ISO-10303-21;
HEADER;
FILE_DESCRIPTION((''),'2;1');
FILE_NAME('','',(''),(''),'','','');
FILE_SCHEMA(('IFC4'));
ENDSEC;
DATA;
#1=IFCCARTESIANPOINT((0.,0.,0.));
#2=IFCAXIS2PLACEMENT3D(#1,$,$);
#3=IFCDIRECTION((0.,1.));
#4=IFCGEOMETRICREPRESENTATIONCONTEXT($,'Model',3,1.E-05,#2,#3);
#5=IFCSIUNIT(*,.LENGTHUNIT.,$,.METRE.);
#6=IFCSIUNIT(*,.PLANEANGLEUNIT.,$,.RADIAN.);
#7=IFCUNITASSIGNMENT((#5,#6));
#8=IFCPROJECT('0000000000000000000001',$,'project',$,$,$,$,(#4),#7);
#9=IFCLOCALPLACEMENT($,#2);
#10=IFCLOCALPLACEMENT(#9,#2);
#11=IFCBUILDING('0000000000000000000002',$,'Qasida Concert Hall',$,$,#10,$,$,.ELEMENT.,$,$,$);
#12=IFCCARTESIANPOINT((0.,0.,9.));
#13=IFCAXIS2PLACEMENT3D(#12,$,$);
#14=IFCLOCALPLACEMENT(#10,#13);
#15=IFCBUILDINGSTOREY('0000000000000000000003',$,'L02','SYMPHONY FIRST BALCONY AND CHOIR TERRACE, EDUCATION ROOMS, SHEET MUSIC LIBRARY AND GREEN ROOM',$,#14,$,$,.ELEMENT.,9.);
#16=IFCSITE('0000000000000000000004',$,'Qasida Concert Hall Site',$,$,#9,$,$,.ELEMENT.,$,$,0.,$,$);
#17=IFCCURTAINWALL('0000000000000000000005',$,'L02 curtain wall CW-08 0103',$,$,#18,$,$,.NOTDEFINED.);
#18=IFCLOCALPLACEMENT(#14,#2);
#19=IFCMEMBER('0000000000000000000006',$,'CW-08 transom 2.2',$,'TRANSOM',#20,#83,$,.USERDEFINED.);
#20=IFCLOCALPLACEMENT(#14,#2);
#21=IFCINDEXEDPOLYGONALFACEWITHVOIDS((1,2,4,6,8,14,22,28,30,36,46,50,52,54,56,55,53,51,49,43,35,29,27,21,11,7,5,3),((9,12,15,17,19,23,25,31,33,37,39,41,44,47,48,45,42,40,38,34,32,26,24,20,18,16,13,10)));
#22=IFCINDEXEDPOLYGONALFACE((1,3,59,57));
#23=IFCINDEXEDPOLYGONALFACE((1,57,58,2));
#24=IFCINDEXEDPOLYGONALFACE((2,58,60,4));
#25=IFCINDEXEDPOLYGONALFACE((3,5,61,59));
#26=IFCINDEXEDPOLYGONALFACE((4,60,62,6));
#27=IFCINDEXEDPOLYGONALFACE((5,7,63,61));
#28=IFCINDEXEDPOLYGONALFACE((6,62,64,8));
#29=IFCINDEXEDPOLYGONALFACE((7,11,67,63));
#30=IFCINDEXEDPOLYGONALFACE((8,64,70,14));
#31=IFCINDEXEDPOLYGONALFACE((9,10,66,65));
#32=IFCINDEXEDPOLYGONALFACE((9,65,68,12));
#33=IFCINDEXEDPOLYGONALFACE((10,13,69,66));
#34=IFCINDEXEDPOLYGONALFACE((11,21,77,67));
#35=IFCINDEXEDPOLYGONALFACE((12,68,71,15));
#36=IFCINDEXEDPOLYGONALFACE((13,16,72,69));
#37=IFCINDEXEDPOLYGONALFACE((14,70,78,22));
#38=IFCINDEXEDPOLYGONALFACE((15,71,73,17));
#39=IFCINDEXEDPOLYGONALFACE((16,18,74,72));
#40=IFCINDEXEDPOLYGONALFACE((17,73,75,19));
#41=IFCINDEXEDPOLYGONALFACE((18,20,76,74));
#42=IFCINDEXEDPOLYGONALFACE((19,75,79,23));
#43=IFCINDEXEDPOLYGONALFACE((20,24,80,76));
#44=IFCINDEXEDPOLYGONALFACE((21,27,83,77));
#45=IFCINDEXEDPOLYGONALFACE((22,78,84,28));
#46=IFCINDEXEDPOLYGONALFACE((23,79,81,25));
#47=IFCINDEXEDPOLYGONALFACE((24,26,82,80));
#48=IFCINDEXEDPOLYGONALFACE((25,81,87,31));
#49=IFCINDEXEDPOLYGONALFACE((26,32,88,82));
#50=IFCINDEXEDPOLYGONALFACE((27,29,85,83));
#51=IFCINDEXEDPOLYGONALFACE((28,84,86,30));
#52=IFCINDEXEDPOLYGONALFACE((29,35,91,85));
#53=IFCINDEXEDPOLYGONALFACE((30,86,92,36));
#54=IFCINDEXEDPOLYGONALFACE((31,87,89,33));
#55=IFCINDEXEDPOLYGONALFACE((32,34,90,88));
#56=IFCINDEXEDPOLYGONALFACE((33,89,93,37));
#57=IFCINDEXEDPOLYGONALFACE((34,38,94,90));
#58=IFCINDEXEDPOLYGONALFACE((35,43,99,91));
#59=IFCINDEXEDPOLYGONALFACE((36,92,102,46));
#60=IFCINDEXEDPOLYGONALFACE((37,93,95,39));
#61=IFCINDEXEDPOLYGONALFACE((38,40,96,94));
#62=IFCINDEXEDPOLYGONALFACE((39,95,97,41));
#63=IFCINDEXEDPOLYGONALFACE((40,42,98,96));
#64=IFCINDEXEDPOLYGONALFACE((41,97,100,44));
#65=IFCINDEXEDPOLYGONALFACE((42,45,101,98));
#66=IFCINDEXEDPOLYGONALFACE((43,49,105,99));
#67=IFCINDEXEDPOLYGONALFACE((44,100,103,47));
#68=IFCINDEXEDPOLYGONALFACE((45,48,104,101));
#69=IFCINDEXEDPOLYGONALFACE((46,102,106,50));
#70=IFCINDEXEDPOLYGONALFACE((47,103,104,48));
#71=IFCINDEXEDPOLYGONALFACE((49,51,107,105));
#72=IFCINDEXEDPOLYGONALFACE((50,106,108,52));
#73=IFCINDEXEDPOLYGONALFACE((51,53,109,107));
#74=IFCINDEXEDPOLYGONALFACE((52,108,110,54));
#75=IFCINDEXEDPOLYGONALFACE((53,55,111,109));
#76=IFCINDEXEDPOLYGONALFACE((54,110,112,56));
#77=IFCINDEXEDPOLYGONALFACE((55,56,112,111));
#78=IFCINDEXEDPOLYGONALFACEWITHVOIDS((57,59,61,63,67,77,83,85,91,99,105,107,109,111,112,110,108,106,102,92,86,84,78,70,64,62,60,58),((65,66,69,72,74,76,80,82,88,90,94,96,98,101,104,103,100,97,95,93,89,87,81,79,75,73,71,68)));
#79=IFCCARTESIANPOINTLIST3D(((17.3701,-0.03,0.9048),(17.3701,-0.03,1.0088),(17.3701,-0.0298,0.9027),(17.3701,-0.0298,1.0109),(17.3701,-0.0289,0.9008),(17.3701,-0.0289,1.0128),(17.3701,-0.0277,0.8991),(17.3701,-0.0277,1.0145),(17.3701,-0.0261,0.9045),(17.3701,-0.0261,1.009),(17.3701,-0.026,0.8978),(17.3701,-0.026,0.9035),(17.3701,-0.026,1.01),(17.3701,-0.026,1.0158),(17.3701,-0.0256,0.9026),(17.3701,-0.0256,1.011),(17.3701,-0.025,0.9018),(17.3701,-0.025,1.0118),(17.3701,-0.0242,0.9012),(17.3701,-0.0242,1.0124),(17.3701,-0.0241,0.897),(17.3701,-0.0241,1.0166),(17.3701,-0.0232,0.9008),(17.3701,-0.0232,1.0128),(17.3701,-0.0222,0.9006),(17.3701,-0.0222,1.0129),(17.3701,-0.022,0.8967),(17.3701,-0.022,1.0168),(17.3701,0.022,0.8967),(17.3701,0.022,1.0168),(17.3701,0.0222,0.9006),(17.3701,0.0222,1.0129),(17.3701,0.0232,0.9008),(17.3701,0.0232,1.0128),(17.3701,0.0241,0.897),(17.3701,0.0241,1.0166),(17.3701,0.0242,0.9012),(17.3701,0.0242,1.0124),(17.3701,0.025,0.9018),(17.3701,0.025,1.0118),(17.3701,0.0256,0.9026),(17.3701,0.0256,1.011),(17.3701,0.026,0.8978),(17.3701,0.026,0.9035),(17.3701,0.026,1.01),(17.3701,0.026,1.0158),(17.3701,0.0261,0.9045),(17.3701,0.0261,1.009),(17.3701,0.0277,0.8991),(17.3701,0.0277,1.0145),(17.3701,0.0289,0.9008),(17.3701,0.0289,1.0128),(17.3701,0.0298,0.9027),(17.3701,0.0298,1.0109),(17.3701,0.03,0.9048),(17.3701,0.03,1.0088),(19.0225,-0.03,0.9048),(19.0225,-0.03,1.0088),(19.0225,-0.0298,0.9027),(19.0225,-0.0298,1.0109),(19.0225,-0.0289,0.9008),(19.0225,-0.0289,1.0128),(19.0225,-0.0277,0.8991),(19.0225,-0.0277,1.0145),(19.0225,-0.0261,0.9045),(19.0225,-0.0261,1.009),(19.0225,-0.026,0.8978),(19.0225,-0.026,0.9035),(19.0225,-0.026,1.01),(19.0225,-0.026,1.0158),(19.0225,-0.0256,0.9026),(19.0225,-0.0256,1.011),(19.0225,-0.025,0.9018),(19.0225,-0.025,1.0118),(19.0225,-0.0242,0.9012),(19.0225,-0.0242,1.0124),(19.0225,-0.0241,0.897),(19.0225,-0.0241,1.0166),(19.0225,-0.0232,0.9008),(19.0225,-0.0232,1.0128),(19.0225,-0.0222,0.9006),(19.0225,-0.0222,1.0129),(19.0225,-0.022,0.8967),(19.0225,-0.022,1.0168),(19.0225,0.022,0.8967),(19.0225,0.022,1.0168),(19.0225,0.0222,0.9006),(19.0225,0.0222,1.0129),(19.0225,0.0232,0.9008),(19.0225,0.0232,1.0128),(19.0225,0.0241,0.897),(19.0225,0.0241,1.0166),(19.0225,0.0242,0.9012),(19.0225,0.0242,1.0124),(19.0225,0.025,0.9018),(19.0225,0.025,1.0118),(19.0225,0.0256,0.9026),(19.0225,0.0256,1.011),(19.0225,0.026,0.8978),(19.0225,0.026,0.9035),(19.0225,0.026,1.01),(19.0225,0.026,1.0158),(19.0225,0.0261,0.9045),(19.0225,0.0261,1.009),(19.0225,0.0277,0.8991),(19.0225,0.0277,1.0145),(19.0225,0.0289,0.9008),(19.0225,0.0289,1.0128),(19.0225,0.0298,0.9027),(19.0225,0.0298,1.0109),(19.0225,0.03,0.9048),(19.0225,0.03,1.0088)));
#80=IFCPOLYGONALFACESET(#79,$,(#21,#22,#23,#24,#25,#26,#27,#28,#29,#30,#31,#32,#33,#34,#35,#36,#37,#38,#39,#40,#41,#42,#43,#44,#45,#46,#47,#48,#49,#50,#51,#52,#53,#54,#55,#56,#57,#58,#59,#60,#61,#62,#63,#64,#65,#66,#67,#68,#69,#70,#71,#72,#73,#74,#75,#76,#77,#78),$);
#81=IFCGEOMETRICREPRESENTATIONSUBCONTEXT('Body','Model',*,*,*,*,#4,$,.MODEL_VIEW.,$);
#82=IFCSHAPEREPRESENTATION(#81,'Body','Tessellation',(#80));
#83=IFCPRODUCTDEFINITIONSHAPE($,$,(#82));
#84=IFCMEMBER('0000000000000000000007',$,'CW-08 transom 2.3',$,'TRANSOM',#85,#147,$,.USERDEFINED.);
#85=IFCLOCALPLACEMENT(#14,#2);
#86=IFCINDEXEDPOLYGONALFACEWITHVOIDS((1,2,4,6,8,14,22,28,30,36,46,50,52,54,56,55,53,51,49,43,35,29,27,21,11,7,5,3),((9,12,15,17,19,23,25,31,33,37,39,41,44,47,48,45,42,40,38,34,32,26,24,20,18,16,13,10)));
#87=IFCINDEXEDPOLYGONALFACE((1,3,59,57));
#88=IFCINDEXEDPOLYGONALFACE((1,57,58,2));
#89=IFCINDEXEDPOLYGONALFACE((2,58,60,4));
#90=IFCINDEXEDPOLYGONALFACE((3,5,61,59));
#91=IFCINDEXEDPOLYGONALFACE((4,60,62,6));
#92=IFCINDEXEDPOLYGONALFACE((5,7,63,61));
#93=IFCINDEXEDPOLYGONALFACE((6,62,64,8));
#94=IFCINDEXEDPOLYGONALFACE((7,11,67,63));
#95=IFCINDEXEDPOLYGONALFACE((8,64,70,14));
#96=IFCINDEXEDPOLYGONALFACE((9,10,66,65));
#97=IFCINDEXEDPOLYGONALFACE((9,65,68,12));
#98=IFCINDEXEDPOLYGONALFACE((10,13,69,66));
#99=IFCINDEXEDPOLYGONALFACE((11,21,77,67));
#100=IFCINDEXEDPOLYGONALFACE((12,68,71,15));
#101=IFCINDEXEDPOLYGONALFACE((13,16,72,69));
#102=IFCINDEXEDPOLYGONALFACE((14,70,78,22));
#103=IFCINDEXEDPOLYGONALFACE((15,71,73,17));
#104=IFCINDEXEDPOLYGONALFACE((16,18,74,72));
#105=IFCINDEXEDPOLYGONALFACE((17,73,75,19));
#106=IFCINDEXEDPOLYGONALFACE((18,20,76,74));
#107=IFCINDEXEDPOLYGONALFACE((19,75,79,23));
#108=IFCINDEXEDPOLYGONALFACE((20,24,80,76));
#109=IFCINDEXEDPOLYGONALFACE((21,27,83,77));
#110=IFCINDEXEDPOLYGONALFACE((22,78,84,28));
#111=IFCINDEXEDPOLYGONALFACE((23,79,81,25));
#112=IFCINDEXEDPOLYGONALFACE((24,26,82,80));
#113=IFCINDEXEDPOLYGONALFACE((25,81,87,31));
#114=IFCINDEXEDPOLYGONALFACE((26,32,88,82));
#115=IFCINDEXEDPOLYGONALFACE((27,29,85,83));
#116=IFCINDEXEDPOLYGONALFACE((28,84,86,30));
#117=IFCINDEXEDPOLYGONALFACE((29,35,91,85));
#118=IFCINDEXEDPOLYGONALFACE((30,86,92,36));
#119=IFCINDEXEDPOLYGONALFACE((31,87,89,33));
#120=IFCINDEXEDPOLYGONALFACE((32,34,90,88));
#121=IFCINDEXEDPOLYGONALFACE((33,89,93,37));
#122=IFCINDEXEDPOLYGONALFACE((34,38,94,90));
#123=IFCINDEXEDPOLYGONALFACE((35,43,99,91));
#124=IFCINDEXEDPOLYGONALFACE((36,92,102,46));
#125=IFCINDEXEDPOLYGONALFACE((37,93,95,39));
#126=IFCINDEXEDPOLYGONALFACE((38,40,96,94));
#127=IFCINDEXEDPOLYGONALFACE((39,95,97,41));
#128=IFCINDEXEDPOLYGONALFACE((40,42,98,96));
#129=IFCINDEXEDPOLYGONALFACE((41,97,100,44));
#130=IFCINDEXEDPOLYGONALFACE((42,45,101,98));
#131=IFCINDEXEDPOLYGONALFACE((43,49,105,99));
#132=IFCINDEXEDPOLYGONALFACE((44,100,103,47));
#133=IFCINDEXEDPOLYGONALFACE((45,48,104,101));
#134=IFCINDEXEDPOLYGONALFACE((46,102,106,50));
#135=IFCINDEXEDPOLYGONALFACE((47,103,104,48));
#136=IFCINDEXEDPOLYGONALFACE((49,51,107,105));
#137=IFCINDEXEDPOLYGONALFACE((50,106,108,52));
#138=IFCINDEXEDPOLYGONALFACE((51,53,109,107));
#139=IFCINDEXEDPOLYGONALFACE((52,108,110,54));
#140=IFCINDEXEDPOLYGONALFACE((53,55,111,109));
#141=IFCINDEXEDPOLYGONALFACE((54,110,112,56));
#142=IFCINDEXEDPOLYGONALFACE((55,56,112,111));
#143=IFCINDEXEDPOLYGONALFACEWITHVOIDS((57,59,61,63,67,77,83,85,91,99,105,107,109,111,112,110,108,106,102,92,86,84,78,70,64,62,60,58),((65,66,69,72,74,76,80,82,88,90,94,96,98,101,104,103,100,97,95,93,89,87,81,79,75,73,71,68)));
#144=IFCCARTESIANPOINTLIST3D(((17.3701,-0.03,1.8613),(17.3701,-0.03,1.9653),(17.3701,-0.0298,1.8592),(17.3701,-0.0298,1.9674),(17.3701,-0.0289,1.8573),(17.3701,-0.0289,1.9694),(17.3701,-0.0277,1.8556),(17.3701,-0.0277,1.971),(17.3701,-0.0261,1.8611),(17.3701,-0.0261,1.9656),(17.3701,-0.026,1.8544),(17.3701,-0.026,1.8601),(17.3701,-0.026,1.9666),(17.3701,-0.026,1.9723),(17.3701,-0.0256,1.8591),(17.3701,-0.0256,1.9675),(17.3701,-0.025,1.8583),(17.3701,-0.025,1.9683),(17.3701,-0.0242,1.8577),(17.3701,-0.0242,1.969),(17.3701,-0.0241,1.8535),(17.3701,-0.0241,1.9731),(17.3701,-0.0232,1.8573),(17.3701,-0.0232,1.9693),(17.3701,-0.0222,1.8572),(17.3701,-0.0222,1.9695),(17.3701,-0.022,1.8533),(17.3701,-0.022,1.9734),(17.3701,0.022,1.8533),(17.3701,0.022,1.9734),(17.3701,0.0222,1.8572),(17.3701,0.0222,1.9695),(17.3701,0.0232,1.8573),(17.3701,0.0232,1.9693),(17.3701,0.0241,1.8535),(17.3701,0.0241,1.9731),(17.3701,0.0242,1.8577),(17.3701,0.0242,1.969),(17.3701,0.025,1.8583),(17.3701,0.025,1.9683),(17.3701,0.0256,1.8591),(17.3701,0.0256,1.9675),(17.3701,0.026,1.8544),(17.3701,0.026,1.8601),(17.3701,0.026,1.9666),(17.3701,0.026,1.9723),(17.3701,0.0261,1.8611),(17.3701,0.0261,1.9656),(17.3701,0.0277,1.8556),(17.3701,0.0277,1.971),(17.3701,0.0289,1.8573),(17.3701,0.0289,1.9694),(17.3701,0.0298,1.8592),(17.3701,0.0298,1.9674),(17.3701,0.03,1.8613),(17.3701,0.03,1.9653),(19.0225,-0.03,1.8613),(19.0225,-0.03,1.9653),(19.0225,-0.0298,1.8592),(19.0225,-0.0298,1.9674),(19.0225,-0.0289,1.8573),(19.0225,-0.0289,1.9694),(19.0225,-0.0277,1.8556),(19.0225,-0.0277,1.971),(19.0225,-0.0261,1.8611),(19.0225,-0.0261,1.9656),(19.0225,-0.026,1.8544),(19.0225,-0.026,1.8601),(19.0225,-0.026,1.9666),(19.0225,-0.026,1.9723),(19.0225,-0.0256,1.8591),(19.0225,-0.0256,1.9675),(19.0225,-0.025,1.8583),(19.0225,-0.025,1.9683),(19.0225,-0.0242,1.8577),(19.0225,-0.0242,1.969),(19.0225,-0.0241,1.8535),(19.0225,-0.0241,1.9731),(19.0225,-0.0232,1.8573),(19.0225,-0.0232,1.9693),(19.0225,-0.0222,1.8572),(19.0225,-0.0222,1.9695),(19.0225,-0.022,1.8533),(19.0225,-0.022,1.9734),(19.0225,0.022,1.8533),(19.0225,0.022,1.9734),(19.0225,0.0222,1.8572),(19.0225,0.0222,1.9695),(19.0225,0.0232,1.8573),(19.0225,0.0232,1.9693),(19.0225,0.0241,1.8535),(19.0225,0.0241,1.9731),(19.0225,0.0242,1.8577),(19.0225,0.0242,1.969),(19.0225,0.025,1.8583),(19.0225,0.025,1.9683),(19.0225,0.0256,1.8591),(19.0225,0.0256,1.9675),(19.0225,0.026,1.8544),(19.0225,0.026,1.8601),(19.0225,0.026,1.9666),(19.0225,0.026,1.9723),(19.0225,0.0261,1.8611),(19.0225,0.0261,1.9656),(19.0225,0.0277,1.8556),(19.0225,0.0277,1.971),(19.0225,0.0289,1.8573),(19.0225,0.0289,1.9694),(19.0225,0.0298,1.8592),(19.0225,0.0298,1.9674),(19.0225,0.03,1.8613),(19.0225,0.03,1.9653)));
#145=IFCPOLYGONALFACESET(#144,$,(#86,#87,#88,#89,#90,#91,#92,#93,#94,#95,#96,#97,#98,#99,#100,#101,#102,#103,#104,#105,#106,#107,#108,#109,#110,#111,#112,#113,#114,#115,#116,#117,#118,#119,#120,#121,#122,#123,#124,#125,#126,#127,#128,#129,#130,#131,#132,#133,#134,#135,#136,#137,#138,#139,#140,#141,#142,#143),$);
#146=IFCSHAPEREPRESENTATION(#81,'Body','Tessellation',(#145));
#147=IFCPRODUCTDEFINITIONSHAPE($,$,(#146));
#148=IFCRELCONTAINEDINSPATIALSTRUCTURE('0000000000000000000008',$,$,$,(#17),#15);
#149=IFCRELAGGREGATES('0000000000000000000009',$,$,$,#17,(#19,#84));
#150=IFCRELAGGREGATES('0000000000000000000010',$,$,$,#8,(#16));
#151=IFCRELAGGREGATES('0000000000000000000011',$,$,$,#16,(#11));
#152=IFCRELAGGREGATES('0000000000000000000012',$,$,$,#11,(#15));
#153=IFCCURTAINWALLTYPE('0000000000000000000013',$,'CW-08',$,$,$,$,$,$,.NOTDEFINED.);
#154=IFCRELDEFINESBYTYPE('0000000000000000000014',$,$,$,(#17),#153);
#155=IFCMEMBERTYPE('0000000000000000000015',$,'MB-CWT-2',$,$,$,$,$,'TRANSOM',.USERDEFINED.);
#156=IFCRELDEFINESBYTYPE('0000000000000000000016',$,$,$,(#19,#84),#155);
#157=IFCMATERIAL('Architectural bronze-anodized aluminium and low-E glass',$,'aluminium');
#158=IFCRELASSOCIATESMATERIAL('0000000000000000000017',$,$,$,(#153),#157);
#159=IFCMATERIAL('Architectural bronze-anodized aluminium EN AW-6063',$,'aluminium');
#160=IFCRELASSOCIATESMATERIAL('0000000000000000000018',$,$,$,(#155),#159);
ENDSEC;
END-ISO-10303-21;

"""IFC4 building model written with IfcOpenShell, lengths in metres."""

from ifc_helpers import new_model, si_unit, direction, frame, origin, origin_2d, place, context, subcontext, project, spatial, hollow_rectangle, extrude, material, material_profile, profile_set, type_object, element, aggregate, save


model = new_model("IFC4")

# Units and contexts
model_context = context("Model", 3, precision=1e-05, world=origin(), true_north=direction((0.0, 1.0)))
body_context = subcontext(model_context, "Body", "Model", "MODEL_VIEW")
ifc_project = project(units=[si_unit("LENGTHUNIT", "METRE"), si_unit("PLANEANGLEUNIT", "RADIAN")], contexts=[model_context])

# Site, building, storey
site_placement = place(None, origin())
site = spatial("IfcSite", under=ifc_project, at=site_placement, Name="Qasida Concert Hall Site", CompositionType="ELEMENT", RefElevation=0.0)
building_placement = place(site_placement, origin())
building = spatial("IfcBuilding", under=site, at=building_placement, Name="Qasida Concert Hall", CompositionType="ELEMENT")
storey_placement = place(building_placement, frame((0.0, 0.0, 9.0)))
storey = spatial("IfcBuildingStorey", under=building, at=storey_placement, Name="L02", Description="SYMPHONY FIRST BALCONY AND CHOIR TERRACE, EDUCATION ROOMS, SHEET MUSIC LIBRARY AND GREEN ROOM", CompositionType="ELEMENT", Elevation=9.0)

# Curtain wall, members
ifc_material_1 = material(Name="Architectural bronze-anodized aluminium and low-E glass", Category="aluminium")
curtain_wall_type = type_object("IfcCurtainWallType", Name="CW-08", PredefinedType="NOTDEFINED", material=ifc_material_1)
curtain_wall_placement = place(storey_placement, origin())
curtain_wall = element("IfcCurtainWall", 1, at=curtain_wall_placement, inside=storey, type_object=curtain_wall_type, Name="L02 curtain wall CW-08 0103", PredefinedType="NOTDEFINED")
ifc_material_2 = material(Name="Architectural bronze-anodized aluminium EN AW-6063", Category="aluminium")
ifc_material_profile_1 = material_profile(ifc_material_2, hollow_rectangle(XDim=0.0601, YDim=0.1201, WallThickness=0.0039, InnerFilletRadius=0.0039, OuterFilletRadius=0.0081, at=origin_2d()), Name="CWT 120x60x4")
ifc_profile_set_1 = profile_set([ifc_material_profile_1], Name="Architectural bronze-anodized aluminium EN AW-6063")
member_type_1 = type_object("IfcMemberType", Name="MB-CWT-2", ElementType="TRANSOM", PredefinedType="USERDEFINED", material=ifc_profile_set_1)
member_1_placement = place(storey_placement, frame((17.3701, 0.0, 0.9568), z_axis=(1.0, 0.0, 0.0), x_axis=(0.0, 1.0, 0.0)))
member_1 = element("IfcMember", 2, at=member_1_placement, type_object=member_type_1, Name="CW-08 transom 2.2", ObjectType="TRANSOM", PredefinedType="USERDEFINED", context=body_context, shape_type="SweptSolid", body=[
    extrude(hollow_rectangle(XDim=0.0601, YDim=0.1201, WallThickness=0.0039, InnerFilletRadius=0.0039, OuterFilletRadius=0.0081, at=origin_2d()), origin(), (0.0, 0.0, 1.0), 1.6523),
])
member_2_placement = place(storey_placement, frame((17.3701, 0.0, 1.9133), z_axis=(1.0, 0.0, 0.0), x_axis=(0.0, 1.0, 0.0)))
member_2 = element("IfcMember", 3, at=member_2_placement, type_object=member_type_1, Name="CW-08 transom 2.3", ObjectType="TRANSOM", PredefinedType="USERDEFINED", context=body_context, shape_type="SweptSolid", body=[
    extrude(hollow_rectangle(XDim=0.0601, YDim=0.1201, WallThickness=0.0039, InnerFilletRadius=0.0039, OuterFilletRadius=0.0081, at=origin_2d()), origin(), (0.0, 0.0, 1.0), 1.6523),
])
aggregate(curtain_wall, [member_1, member_2])

save(model, "model.ifc")
